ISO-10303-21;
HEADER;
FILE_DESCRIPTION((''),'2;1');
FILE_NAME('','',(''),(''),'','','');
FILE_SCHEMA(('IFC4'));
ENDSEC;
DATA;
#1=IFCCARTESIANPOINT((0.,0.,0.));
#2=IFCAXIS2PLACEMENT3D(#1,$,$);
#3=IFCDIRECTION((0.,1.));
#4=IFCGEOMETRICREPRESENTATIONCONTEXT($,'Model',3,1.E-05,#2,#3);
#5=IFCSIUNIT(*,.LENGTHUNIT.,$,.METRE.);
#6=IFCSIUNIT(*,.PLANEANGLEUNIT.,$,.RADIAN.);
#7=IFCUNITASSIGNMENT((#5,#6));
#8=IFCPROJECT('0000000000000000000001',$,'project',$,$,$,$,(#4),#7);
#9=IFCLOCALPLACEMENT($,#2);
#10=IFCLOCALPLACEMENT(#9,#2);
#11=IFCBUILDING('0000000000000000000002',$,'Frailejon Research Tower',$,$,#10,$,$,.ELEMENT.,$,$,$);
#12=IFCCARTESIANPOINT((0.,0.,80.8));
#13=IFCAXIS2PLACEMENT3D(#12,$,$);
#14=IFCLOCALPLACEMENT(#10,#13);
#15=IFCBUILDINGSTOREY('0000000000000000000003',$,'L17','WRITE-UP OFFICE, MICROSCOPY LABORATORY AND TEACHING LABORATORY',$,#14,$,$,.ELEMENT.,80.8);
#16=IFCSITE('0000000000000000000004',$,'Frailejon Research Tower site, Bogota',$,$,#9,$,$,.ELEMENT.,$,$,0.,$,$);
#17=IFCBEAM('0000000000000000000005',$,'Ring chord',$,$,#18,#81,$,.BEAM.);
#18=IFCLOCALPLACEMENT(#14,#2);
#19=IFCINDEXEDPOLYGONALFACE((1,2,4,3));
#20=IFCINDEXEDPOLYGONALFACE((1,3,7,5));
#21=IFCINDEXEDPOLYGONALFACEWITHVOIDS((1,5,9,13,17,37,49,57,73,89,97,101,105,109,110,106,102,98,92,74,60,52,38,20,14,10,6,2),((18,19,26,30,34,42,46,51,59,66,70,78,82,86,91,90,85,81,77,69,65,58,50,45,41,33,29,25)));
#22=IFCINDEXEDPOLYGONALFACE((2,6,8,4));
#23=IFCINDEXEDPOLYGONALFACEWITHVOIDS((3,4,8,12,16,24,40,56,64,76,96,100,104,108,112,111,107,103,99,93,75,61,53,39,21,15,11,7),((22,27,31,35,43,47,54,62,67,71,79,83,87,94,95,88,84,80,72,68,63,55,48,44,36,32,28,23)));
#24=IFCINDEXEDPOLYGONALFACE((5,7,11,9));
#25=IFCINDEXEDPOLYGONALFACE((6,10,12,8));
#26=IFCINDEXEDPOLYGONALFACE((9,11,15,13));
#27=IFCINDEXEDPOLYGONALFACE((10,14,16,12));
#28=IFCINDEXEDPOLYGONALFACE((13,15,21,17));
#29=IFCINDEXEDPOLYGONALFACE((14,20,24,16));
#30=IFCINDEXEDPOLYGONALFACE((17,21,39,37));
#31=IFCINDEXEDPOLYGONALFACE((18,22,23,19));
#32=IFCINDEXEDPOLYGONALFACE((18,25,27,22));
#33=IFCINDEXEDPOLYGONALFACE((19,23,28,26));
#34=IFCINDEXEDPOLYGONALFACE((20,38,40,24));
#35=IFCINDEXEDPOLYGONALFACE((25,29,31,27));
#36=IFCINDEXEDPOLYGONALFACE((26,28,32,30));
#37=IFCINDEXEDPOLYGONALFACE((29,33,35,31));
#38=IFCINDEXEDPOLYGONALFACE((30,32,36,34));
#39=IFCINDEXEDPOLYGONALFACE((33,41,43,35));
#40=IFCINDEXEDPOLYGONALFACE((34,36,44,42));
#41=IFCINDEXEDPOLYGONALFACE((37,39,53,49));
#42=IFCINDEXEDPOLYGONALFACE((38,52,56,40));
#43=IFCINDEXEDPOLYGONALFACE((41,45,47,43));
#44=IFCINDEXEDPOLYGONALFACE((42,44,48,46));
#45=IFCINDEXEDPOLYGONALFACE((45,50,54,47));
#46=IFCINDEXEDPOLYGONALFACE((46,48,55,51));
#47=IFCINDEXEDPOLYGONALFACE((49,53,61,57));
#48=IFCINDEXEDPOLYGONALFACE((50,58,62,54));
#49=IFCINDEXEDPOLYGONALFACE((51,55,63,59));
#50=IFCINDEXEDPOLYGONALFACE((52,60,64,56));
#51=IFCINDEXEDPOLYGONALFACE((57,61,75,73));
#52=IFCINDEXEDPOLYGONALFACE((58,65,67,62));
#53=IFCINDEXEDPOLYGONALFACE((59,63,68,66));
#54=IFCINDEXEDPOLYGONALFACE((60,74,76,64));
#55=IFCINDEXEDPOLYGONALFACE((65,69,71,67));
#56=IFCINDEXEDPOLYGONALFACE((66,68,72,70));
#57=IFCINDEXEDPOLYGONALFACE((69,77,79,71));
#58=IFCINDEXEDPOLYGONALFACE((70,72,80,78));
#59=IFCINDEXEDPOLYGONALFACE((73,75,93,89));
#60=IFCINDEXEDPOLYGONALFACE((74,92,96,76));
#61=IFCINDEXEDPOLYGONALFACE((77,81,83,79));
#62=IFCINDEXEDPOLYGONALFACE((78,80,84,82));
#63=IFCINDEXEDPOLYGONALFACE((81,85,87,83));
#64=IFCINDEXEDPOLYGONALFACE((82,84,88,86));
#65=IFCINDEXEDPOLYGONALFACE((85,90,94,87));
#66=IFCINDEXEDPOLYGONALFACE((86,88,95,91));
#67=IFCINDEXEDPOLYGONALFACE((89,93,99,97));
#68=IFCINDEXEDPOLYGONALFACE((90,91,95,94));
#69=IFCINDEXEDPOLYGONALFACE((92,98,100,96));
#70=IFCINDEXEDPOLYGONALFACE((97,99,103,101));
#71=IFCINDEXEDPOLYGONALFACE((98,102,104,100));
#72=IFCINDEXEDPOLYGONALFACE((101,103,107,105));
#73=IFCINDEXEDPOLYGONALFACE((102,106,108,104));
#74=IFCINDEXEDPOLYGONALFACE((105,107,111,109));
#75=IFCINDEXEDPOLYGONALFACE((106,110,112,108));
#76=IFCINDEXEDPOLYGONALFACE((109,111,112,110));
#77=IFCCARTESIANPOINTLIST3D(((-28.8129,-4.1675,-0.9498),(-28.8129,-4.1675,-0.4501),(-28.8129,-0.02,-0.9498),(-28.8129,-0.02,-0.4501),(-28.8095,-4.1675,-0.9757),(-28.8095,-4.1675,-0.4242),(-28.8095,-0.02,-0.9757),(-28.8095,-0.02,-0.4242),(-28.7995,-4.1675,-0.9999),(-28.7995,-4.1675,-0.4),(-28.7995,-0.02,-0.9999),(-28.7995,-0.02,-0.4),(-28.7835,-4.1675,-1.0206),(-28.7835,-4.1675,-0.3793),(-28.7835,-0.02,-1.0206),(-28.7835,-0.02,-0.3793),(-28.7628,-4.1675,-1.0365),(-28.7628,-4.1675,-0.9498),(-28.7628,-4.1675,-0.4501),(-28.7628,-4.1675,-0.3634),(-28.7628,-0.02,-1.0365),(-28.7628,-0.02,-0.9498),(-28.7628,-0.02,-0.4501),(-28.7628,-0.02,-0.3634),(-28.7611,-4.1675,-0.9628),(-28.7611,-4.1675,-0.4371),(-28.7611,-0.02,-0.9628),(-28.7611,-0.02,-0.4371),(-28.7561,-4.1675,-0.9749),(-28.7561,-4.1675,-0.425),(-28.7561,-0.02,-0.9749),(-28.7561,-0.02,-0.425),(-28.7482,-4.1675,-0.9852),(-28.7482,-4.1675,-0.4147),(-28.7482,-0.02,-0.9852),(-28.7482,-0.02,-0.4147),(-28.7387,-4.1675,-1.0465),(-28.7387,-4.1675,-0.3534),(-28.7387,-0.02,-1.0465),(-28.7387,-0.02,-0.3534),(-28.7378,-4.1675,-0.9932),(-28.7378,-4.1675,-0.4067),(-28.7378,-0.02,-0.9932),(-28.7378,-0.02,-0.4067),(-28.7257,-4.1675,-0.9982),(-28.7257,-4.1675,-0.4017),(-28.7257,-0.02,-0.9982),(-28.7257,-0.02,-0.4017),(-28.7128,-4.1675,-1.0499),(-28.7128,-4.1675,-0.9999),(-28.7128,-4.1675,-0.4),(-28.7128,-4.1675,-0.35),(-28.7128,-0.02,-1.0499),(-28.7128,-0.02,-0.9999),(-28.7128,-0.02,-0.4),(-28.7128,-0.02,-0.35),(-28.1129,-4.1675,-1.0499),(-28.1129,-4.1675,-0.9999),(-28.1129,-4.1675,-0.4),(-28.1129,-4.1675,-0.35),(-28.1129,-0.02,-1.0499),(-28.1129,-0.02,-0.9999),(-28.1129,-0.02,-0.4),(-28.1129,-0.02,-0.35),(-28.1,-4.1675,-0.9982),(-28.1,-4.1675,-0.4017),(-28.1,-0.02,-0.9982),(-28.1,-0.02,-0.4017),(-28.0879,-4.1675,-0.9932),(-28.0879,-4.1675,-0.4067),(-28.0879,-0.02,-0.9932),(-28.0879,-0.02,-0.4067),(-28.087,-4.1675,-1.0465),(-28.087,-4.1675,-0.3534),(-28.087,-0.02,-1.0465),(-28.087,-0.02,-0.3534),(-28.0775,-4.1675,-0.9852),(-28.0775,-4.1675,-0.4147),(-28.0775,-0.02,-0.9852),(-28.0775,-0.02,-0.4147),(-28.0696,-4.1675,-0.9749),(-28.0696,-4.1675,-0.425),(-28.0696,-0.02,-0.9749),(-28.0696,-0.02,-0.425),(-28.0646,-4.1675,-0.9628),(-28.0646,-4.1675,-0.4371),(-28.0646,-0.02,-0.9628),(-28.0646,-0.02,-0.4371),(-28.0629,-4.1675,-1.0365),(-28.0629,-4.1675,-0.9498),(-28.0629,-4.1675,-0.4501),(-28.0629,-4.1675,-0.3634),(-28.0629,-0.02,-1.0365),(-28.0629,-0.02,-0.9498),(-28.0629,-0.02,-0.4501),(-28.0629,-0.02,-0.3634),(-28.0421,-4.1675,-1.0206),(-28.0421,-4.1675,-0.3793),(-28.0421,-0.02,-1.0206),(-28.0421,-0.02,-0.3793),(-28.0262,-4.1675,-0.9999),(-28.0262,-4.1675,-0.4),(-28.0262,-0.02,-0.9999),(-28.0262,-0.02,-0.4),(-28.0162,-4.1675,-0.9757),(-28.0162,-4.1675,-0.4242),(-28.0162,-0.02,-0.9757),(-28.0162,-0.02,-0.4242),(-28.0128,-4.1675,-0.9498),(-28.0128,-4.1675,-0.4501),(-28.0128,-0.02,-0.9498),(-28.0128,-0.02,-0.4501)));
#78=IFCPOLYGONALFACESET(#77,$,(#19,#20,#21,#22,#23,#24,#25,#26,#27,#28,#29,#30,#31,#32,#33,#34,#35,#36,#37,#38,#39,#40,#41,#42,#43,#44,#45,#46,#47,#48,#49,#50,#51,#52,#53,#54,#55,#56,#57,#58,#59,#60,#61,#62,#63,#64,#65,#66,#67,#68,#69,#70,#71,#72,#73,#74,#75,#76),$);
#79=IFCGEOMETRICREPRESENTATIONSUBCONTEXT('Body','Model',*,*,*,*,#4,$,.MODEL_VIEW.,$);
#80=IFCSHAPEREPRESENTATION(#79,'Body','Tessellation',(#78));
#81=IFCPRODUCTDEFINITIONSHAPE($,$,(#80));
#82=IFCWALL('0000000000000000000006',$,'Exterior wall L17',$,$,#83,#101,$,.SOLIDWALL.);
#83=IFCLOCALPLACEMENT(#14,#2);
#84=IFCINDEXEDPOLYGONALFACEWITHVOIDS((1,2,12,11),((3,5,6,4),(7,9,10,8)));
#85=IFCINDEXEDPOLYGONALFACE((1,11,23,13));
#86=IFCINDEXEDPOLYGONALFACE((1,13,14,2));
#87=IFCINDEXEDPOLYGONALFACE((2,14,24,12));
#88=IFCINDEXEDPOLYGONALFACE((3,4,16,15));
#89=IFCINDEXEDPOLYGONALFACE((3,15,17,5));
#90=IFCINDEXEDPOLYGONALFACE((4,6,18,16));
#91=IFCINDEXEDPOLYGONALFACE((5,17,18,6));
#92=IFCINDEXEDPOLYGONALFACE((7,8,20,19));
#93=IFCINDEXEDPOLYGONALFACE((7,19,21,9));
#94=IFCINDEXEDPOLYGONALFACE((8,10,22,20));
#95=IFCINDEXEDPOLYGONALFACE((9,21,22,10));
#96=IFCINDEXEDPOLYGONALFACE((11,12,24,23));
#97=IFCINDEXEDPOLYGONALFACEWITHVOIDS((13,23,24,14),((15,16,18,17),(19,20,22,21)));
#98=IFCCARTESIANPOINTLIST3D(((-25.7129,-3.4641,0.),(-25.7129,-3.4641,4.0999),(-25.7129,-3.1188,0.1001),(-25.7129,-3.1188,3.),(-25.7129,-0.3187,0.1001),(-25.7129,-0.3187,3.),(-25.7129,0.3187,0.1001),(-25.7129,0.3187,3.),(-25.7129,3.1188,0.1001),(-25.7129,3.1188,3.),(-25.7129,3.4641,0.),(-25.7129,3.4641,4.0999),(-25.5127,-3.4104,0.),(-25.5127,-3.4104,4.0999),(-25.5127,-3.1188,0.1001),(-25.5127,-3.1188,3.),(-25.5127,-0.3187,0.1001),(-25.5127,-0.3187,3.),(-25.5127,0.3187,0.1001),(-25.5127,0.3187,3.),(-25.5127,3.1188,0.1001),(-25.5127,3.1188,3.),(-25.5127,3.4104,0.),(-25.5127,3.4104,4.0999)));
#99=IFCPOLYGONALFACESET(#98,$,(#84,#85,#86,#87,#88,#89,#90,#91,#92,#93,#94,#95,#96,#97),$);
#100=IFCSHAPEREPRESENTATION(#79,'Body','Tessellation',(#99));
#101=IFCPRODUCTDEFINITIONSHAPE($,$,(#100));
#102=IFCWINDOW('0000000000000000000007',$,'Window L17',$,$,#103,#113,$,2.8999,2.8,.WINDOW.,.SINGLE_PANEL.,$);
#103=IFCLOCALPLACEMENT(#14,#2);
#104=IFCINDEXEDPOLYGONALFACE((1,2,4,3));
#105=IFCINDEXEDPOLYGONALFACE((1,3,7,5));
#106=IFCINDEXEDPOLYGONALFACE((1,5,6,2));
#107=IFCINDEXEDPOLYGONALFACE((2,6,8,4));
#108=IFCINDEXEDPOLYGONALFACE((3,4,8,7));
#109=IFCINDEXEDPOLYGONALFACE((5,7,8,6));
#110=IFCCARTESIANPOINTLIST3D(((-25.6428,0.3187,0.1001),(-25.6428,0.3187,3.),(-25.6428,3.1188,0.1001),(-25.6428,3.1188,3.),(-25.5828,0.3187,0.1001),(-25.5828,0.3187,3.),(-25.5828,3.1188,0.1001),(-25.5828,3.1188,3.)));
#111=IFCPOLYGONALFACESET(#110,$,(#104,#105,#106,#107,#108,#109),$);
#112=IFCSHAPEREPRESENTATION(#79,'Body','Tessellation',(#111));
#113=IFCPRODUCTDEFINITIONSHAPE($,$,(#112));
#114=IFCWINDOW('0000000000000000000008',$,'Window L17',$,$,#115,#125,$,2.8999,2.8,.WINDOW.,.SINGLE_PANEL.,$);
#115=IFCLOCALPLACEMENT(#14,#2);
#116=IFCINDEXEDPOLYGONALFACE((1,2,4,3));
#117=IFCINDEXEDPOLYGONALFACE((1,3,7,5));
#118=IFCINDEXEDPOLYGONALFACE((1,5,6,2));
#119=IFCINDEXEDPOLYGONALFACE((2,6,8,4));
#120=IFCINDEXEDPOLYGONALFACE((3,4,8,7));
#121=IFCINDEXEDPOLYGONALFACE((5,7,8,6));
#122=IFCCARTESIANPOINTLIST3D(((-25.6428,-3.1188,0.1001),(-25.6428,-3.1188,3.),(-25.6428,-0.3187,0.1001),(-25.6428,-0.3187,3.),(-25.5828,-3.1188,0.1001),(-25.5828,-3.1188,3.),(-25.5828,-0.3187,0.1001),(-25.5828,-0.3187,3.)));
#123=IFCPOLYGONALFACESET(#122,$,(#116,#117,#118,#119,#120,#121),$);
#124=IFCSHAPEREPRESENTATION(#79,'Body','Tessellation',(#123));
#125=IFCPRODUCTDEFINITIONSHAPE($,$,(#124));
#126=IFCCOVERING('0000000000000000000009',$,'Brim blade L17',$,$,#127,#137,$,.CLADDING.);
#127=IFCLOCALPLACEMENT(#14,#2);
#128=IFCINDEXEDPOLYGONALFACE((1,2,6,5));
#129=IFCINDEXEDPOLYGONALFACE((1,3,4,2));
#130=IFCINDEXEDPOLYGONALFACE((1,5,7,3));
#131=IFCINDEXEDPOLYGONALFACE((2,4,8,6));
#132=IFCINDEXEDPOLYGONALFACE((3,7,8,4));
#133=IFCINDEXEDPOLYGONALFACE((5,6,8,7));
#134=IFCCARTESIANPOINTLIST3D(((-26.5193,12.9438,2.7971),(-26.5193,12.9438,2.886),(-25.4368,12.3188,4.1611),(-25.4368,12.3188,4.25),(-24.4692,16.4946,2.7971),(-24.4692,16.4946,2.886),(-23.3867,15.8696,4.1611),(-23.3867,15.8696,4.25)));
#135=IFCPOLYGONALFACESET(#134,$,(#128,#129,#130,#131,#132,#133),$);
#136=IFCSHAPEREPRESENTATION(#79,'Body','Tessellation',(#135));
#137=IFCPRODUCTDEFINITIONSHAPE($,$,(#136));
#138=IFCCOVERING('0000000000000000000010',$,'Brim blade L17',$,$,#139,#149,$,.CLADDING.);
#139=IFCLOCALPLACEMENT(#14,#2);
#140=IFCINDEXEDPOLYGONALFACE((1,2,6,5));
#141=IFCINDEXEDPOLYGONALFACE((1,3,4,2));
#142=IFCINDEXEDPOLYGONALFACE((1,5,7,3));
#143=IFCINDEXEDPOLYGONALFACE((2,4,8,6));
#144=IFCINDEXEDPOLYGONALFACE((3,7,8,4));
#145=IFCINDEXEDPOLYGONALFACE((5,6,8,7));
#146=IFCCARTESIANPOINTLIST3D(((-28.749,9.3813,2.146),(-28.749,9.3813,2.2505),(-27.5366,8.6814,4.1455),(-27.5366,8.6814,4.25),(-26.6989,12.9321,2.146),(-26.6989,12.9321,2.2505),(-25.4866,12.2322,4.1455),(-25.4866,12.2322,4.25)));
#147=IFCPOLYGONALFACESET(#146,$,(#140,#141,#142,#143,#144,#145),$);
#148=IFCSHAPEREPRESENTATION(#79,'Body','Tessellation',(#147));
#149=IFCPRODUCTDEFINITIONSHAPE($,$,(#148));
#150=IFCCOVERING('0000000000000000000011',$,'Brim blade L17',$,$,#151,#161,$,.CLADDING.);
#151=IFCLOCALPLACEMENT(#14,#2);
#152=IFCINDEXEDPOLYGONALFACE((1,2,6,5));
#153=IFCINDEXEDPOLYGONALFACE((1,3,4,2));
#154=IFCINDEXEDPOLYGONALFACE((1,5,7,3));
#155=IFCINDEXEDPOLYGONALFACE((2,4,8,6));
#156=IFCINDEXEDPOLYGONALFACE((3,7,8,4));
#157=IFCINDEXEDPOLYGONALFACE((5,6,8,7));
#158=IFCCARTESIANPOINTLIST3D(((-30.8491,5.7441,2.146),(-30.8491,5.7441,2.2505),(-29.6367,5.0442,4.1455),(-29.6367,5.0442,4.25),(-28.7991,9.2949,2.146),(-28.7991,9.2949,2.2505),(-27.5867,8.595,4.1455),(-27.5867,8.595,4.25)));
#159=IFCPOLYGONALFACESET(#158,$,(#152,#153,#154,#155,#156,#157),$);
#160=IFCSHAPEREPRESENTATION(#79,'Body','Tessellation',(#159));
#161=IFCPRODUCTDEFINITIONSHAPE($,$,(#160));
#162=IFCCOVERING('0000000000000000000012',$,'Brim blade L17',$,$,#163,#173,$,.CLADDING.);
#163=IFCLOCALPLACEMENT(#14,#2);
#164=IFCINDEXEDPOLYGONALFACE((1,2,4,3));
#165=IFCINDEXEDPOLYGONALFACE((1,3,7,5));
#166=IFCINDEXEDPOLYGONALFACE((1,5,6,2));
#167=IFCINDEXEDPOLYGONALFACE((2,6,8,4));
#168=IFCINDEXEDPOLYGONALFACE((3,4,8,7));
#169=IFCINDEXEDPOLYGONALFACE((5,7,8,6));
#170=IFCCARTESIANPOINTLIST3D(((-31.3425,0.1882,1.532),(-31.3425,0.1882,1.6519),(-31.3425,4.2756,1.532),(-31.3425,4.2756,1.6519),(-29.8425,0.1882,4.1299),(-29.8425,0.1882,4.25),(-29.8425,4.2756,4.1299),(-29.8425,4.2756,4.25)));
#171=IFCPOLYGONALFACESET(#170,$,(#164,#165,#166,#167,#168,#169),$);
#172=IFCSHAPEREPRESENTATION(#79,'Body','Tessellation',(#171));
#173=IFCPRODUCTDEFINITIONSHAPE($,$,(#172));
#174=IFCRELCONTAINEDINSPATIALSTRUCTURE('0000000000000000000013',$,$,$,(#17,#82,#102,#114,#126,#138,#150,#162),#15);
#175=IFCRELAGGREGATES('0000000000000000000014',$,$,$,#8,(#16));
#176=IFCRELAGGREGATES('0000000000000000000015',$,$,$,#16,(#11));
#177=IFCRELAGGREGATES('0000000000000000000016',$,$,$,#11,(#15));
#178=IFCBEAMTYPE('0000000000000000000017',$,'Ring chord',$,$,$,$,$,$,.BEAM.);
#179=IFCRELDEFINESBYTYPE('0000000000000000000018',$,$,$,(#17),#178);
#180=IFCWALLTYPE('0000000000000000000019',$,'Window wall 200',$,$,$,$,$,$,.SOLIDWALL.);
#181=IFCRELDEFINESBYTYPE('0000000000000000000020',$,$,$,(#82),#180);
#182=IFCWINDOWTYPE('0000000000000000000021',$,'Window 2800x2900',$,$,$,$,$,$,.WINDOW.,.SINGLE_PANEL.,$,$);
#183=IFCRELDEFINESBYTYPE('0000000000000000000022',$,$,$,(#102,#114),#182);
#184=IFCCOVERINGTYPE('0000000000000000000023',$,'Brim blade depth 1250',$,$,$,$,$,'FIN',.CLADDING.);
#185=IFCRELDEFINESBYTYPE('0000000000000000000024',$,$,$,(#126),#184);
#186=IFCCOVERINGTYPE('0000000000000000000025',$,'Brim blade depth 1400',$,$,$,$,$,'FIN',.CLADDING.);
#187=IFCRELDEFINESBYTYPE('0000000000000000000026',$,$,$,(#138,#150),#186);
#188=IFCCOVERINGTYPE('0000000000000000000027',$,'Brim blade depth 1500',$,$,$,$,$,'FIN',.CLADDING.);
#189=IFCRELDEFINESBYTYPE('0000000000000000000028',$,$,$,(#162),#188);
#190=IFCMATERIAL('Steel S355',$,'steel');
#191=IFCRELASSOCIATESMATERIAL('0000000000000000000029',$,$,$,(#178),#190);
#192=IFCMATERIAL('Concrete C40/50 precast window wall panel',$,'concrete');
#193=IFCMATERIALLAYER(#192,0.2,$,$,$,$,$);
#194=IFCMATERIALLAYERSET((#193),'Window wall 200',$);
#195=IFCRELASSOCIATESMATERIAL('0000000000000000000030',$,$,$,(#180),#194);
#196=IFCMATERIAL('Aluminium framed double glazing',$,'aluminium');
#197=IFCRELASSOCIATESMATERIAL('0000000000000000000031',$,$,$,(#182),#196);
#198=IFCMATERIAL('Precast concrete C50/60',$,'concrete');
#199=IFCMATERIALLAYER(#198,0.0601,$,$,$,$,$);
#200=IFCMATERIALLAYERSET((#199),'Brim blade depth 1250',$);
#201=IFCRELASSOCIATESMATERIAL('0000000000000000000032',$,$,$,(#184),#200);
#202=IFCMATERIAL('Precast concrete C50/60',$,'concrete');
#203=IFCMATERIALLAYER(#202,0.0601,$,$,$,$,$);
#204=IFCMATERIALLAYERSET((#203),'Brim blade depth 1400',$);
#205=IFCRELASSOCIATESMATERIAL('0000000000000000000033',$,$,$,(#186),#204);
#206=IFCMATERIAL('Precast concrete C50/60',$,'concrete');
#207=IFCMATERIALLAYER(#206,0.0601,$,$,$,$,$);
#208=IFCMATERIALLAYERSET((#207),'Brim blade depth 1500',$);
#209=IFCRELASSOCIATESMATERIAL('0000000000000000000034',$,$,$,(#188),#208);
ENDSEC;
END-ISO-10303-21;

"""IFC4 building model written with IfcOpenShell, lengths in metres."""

from ifc_helpers import new_model, si_unit, direction, frame, frame_2d, origin, origin_2d, place, context, subcontext, project, spatial, polyline, rectangle, hollow_rectangle, outline, extrude, material, layer, layer_set, material_profile, profile_set, type_object, element, fill, save


model = new_model("IFC4")

# Units and contexts
model_context = context("Model", 3, precision=1e-05, world=origin(), true_north=direction((0.0, 1.0)))
body_context = subcontext(model_context, "Body", "Model", "MODEL_VIEW")
ifc_project = project(units=[si_unit("LENGTHUNIT", "METRE"), si_unit("PLANEANGLEUNIT", "RADIAN")], contexts=[model_context])

# Site, building, storey
site_placement = place(None, origin())
site = spatial("IfcSite", under=ifc_project, at=site_placement, Name="Frailejon Research Tower site, Bogota", CompositionType="ELEMENT", RefElevation=0.0)
building_placement = place(site_placement, origin())
building = spatial("IfcBuilding", under=site, at=building_placement, Name="Frailejon Research Tower", CompositionType="ELEMENT")
storey_placement = place(building_placement, frame((0.0, 0.0, 80.8)))
storey = spatial("IfcBuildingStorey", under=building, at=storey_placement, Name="L17", Description="WRITE-UP OFFICE, MICROSCOPY LABORATORY AND TEACHING LABORATORY", CompositionType="ELEMENT", Elevation=80.8)

# Beam
ifc_material_1 = material(Name="Steel S355", Category="steel")
ifc_material_profile_1 = material_profile(ifc_material_1, hollow_rectangle(XDim=0.8, YDim=0.7, WallThickness=0.05, InnerFilletRadius=0.05, OuterFilletRadius=0.1001, at=origin_2d()), Name="Ring chord")
ifc_profile_set_1 = profile_set([ifc_material_profile_1], Name="Steel S355")
beam_type_1 = type_object("IfcBeamType", Name="Ring chord", PredefinedType="BEAM", material=ifc_profile_set_1)
for number, where, z_axis, x_axis, name in (
    (1, (-28.4128, -0.02, -0.7), (0.0, -1.0, 0.0), (1.0, 0.0, 0.0), "Ring chord"),
):
    element("IfcBeam", number, at=place(storey_placement, frame(where, z_axis=z_axis, x_axis=x_axis)), inside=storey, type_object=beam_type_1, Name=name, PredefinedType="BEAM", context=body_context, shape_type="SweptSolid", body=[
        extrude(hollow_rectangle(XDim=0.8, YDim=0.7, WallThickness=0.05, InnerFilletRadius=0.05, OuterFilletRadius=0.1001, at=origin_2d()), origin(), (0.0, 0.0, 1.0), 4.1475),
    ])

# Wall, openings, windows
ifc_material_2 = material(Name="Concrete C40/50 precast window wall panel", Category="concrete")
ifc_layer_1 = layer(ifc_material_2, 0.2)
ifc_layer_set_1 = layer_set([ifc_layer_1], Name="Window wall 200")
wall_type = type_object("IfcWallType", Name="Window wall 200", PredefinedType="SOLIDWALL", material=ifc_layer_set_1)
wall_placement = place(storey_placement, frame((-25.6128, 3.4373, 0.0), z_axis=(0.0, 0.0, 1.0), x_axis=(0.0, -1.0, 0.0)))
wall = element("IfcWall", 2, at=wall_placement, inside=storey, type_object=wall_type, Name="Exterior wall L17", PredefinedType="SOLIDWALL", context=body_context, shape_type="SweptSolid", body=[
    extrude(outline(polyline([(-0.0269, -0.1001), (1.1279, -0.1001), (2.2825, -0.1001), (3.4373, -0.1001), (4.592, -0.1001), (5.7466, -0.1001), (6.9014, -0.1001), (6.8477, 0.1001), (5.7109, 0.1001), (4.574, 0.1001), (3.4373, 0.1001), (2.3005, 0.1001), (1.1636, 0.1001), (0.0269, 0.1001), (-0.0269, -0.1001)])), origin(), (0.0, 0.0, 1.0), 4.0999),
])
opening_1_placement = place(wall_placement, frame((0.3186, 0.0, 0.1001)))
opening_1 = element("IfcOpeningElement", 3, at=opening_1_placement, cuts=wall, PredefinedType="OPENING", context=body_context, shape_type="SweptSolid", body=[
    extrude(rectangle(XDim=2.8, YDim=2.8999, at=frame_2d((1.3999, 1.45))), frame((0.0, 0.1099, 0.0), z_axis=(0.0, -1.0, 0.0), x_axis=(1.0, 0.0, 0.0)), (0.0, 0.0, 1.0), 0.22),
])
opening_2_placement = place(wall_placement, frame((3.7561, 0.0, 0.1001)))
opening_2 = element("IfcOpeningElement", 4, at=opening_2_placement, cuts=wall, PredefinedType="OPENING", context=body_context, shape_type="SweptSolid", body=[
    extrude(rectangle(XDim=2.8, YDim=2.8999, at=frame_2d((1.3999, 1.45))), frame((0.0, 0.1099, 0.0), z_axis=(0.0, -1.0, 0.0), x_axis=(1.0, 0.0, 0.0)), (0.0, 0.0, 1.0), 0.22),
])
ifc_material_3 = material(Name="Aluminium framed double glazing", Category="aluminium")
window_type = type_object("IfcWindowType", Name="Window 2800x2900", PartitioningType="SINGLE_PANEL", PredefinedType="WINDOW", material=ifc_material_3)
window_1_placement = place(opening_1_placement, origin())
window_1 = element("IfcWindow", 5, at=window_1_placement, inside=storey, type_object=window_type, Name="Window L17", OverallHeight=2.8999, OverallWidth=2.8, PartitioningType="SINGLE_PANEL", PredefinedType="WINDOW", context=body_context, shape_type="SweptSolid", body=[
    extrude(rectangle(XDim=2.8, YDim=2.8999, at=frame_2d((1.3999, 1.45))), frame((0.0, 0.03, 0.0), z_axis=(0.0, -1.0, 0.0), x_axis=(1.0, 0.0, 0.0)), (0.0, 0.0, 1.0), 0.0601),
])
fill(opening_1, window_1)
window_2_placement = place(opening_2_placement, origin())
window_2 = element("IfcWindow", 6, at=window_2_placement, inside=storey, type_object=window_type, Name="Window L17", OverallHeight=2.8999, OverallWidth=2.8, PartitioningType="SINGLE_PANEL", PredefinedType="WINDOW", context=body_context, shape_type="SweptSolid", body=[
    extrude(rectangle(XDim=2.8, YDim=2.8999, at=frame_2d((1.3999, 1.45))), frame((0.0, 0.03, 0.0), z_axis=(0.0, -1.0, 0.0), x_axis=(1.0, 0.0, 0.0)), (0.0, 0.0, 1.0), 0.0601),
])
fill(opening_2, window_2)

# Coverings
ifc_material_4 = material(Name="Precast concrete C50/60", Category="concrete")
ifc_layer_2 = layer(ifc_material_4, 0.0601)
ifc_layer_set_2 = layer_set([ifc_layer_2], Name="Brim blade depth 1250")
covering_type_1 = type_object("IfcCoveringType", Name="Brim blade depth 1250", ElementType="FIN", PredefinedType="CLADDING", material=ifc_layer_set_2)
covering_1_placement = place(storey_placement, frame((-25.4368, 12.3188, 4.25), z_axis=(0.500001, 0.866025, 0.0), x_axis=(-0.866025, 0.500001, 0.0)))
element("IfcCovering", 7, at=covering_1_placement, inside=storey, type_object=covering_type_1, Name="Brim blade L17", PredefinedType="CLADDING", context=body_context, shape_type="SweptSolid", body=[
    extrude(outline(polyline([(0.0, -0.0889), (1.25, -1.4529), (1.25, -1.364), (0.0, 0.0), (0.0, -0.0889)])), origin(), (0.0, 0.0, 1.0), 4.1001),
])
ifc_material_5 = material(Name="Precast concrete C50/60", Category="concrete")
ifc_layer_3 = layer(ifc_material_5, 0.0601)
ifc_layer_set_3 = layer_set([ifc_layer_3], Name="Brim blade depth 1400")
covering_type_2 = type_object("IfcCoveringType", Name="Brim blade depth 1400", ElementType="FIN", PredefinedType="CLADDING", material=ifc_layer_set_3)
for number, where, z_axis, x_axis, name in (
    (8, (-27.5366, 8.6814, 4.25), (0.500001, 0.866025, 0.0), (-0.866025, 0.500001, 0.0), "Brim blade L17"),
    (9, (-29.6367, 5.0442, 4.25), (0.49999, 0.866031, 0.0), (-0.866031, 0.49999, 0.0), "Brim blade L17"),
):
    element("IfcCovering", number, at=place(storey_placement, frame(where, z_axis=z_axis, x_axis=x_axis)), inside=storey, type_object=covering_type_2, Name=name, PredefinedType="CLADDING", context=body_context, shape_type="SweptSolid", body=[
        extrude(outline(polyline([(0.0, -0.1045), (1.3999, -2.104), (1.3999, -1.9995), (0.0, 0.0), (0.0, -0.1045)])), origin(), (0.0, 0.0, 1.0), 4.1001),
    ])
ifc_material_6 = material(Name="Precast concrete C50/60", Category="concrete")
ifc_layer_4 = layer(ifc_material_6, 0.0601)
ifc_layer_set_4 = layer_set([ifc_layer_4], Name="Brim blade depth 1500")
covering_type_3 = type_object("IfcCoveringType", Name="Brim blade depth 1500", ElementType="FIN", PredefinedType="CLADDING", material=ifc_layer_set_4)
covering_2_placement = place(storey_placement, frame((-29.8425, 0.1882, 4.25), z_axis=(0.0, 1.0, 0.0), x_axis=(-1.0, 0.0, 0.0)))
element("IfcCovering", 10, at=covering_2_placement, inside=storey, type_object=covering_type_3, Name="Brim blade L17", PredefinedType="CLADDING", context=body_context, shape_type="SweptSolid", body=[
    extrude(outline(polyline([(0.0, -0.1201), (1.5, -2.718), (1.5, -2.5981), (0.0, 0.0), (0.0, -0.1201)])), origin(), (0.0, 0.0, 1.0), 4.0874),
])

save(model, "model.ifc")
